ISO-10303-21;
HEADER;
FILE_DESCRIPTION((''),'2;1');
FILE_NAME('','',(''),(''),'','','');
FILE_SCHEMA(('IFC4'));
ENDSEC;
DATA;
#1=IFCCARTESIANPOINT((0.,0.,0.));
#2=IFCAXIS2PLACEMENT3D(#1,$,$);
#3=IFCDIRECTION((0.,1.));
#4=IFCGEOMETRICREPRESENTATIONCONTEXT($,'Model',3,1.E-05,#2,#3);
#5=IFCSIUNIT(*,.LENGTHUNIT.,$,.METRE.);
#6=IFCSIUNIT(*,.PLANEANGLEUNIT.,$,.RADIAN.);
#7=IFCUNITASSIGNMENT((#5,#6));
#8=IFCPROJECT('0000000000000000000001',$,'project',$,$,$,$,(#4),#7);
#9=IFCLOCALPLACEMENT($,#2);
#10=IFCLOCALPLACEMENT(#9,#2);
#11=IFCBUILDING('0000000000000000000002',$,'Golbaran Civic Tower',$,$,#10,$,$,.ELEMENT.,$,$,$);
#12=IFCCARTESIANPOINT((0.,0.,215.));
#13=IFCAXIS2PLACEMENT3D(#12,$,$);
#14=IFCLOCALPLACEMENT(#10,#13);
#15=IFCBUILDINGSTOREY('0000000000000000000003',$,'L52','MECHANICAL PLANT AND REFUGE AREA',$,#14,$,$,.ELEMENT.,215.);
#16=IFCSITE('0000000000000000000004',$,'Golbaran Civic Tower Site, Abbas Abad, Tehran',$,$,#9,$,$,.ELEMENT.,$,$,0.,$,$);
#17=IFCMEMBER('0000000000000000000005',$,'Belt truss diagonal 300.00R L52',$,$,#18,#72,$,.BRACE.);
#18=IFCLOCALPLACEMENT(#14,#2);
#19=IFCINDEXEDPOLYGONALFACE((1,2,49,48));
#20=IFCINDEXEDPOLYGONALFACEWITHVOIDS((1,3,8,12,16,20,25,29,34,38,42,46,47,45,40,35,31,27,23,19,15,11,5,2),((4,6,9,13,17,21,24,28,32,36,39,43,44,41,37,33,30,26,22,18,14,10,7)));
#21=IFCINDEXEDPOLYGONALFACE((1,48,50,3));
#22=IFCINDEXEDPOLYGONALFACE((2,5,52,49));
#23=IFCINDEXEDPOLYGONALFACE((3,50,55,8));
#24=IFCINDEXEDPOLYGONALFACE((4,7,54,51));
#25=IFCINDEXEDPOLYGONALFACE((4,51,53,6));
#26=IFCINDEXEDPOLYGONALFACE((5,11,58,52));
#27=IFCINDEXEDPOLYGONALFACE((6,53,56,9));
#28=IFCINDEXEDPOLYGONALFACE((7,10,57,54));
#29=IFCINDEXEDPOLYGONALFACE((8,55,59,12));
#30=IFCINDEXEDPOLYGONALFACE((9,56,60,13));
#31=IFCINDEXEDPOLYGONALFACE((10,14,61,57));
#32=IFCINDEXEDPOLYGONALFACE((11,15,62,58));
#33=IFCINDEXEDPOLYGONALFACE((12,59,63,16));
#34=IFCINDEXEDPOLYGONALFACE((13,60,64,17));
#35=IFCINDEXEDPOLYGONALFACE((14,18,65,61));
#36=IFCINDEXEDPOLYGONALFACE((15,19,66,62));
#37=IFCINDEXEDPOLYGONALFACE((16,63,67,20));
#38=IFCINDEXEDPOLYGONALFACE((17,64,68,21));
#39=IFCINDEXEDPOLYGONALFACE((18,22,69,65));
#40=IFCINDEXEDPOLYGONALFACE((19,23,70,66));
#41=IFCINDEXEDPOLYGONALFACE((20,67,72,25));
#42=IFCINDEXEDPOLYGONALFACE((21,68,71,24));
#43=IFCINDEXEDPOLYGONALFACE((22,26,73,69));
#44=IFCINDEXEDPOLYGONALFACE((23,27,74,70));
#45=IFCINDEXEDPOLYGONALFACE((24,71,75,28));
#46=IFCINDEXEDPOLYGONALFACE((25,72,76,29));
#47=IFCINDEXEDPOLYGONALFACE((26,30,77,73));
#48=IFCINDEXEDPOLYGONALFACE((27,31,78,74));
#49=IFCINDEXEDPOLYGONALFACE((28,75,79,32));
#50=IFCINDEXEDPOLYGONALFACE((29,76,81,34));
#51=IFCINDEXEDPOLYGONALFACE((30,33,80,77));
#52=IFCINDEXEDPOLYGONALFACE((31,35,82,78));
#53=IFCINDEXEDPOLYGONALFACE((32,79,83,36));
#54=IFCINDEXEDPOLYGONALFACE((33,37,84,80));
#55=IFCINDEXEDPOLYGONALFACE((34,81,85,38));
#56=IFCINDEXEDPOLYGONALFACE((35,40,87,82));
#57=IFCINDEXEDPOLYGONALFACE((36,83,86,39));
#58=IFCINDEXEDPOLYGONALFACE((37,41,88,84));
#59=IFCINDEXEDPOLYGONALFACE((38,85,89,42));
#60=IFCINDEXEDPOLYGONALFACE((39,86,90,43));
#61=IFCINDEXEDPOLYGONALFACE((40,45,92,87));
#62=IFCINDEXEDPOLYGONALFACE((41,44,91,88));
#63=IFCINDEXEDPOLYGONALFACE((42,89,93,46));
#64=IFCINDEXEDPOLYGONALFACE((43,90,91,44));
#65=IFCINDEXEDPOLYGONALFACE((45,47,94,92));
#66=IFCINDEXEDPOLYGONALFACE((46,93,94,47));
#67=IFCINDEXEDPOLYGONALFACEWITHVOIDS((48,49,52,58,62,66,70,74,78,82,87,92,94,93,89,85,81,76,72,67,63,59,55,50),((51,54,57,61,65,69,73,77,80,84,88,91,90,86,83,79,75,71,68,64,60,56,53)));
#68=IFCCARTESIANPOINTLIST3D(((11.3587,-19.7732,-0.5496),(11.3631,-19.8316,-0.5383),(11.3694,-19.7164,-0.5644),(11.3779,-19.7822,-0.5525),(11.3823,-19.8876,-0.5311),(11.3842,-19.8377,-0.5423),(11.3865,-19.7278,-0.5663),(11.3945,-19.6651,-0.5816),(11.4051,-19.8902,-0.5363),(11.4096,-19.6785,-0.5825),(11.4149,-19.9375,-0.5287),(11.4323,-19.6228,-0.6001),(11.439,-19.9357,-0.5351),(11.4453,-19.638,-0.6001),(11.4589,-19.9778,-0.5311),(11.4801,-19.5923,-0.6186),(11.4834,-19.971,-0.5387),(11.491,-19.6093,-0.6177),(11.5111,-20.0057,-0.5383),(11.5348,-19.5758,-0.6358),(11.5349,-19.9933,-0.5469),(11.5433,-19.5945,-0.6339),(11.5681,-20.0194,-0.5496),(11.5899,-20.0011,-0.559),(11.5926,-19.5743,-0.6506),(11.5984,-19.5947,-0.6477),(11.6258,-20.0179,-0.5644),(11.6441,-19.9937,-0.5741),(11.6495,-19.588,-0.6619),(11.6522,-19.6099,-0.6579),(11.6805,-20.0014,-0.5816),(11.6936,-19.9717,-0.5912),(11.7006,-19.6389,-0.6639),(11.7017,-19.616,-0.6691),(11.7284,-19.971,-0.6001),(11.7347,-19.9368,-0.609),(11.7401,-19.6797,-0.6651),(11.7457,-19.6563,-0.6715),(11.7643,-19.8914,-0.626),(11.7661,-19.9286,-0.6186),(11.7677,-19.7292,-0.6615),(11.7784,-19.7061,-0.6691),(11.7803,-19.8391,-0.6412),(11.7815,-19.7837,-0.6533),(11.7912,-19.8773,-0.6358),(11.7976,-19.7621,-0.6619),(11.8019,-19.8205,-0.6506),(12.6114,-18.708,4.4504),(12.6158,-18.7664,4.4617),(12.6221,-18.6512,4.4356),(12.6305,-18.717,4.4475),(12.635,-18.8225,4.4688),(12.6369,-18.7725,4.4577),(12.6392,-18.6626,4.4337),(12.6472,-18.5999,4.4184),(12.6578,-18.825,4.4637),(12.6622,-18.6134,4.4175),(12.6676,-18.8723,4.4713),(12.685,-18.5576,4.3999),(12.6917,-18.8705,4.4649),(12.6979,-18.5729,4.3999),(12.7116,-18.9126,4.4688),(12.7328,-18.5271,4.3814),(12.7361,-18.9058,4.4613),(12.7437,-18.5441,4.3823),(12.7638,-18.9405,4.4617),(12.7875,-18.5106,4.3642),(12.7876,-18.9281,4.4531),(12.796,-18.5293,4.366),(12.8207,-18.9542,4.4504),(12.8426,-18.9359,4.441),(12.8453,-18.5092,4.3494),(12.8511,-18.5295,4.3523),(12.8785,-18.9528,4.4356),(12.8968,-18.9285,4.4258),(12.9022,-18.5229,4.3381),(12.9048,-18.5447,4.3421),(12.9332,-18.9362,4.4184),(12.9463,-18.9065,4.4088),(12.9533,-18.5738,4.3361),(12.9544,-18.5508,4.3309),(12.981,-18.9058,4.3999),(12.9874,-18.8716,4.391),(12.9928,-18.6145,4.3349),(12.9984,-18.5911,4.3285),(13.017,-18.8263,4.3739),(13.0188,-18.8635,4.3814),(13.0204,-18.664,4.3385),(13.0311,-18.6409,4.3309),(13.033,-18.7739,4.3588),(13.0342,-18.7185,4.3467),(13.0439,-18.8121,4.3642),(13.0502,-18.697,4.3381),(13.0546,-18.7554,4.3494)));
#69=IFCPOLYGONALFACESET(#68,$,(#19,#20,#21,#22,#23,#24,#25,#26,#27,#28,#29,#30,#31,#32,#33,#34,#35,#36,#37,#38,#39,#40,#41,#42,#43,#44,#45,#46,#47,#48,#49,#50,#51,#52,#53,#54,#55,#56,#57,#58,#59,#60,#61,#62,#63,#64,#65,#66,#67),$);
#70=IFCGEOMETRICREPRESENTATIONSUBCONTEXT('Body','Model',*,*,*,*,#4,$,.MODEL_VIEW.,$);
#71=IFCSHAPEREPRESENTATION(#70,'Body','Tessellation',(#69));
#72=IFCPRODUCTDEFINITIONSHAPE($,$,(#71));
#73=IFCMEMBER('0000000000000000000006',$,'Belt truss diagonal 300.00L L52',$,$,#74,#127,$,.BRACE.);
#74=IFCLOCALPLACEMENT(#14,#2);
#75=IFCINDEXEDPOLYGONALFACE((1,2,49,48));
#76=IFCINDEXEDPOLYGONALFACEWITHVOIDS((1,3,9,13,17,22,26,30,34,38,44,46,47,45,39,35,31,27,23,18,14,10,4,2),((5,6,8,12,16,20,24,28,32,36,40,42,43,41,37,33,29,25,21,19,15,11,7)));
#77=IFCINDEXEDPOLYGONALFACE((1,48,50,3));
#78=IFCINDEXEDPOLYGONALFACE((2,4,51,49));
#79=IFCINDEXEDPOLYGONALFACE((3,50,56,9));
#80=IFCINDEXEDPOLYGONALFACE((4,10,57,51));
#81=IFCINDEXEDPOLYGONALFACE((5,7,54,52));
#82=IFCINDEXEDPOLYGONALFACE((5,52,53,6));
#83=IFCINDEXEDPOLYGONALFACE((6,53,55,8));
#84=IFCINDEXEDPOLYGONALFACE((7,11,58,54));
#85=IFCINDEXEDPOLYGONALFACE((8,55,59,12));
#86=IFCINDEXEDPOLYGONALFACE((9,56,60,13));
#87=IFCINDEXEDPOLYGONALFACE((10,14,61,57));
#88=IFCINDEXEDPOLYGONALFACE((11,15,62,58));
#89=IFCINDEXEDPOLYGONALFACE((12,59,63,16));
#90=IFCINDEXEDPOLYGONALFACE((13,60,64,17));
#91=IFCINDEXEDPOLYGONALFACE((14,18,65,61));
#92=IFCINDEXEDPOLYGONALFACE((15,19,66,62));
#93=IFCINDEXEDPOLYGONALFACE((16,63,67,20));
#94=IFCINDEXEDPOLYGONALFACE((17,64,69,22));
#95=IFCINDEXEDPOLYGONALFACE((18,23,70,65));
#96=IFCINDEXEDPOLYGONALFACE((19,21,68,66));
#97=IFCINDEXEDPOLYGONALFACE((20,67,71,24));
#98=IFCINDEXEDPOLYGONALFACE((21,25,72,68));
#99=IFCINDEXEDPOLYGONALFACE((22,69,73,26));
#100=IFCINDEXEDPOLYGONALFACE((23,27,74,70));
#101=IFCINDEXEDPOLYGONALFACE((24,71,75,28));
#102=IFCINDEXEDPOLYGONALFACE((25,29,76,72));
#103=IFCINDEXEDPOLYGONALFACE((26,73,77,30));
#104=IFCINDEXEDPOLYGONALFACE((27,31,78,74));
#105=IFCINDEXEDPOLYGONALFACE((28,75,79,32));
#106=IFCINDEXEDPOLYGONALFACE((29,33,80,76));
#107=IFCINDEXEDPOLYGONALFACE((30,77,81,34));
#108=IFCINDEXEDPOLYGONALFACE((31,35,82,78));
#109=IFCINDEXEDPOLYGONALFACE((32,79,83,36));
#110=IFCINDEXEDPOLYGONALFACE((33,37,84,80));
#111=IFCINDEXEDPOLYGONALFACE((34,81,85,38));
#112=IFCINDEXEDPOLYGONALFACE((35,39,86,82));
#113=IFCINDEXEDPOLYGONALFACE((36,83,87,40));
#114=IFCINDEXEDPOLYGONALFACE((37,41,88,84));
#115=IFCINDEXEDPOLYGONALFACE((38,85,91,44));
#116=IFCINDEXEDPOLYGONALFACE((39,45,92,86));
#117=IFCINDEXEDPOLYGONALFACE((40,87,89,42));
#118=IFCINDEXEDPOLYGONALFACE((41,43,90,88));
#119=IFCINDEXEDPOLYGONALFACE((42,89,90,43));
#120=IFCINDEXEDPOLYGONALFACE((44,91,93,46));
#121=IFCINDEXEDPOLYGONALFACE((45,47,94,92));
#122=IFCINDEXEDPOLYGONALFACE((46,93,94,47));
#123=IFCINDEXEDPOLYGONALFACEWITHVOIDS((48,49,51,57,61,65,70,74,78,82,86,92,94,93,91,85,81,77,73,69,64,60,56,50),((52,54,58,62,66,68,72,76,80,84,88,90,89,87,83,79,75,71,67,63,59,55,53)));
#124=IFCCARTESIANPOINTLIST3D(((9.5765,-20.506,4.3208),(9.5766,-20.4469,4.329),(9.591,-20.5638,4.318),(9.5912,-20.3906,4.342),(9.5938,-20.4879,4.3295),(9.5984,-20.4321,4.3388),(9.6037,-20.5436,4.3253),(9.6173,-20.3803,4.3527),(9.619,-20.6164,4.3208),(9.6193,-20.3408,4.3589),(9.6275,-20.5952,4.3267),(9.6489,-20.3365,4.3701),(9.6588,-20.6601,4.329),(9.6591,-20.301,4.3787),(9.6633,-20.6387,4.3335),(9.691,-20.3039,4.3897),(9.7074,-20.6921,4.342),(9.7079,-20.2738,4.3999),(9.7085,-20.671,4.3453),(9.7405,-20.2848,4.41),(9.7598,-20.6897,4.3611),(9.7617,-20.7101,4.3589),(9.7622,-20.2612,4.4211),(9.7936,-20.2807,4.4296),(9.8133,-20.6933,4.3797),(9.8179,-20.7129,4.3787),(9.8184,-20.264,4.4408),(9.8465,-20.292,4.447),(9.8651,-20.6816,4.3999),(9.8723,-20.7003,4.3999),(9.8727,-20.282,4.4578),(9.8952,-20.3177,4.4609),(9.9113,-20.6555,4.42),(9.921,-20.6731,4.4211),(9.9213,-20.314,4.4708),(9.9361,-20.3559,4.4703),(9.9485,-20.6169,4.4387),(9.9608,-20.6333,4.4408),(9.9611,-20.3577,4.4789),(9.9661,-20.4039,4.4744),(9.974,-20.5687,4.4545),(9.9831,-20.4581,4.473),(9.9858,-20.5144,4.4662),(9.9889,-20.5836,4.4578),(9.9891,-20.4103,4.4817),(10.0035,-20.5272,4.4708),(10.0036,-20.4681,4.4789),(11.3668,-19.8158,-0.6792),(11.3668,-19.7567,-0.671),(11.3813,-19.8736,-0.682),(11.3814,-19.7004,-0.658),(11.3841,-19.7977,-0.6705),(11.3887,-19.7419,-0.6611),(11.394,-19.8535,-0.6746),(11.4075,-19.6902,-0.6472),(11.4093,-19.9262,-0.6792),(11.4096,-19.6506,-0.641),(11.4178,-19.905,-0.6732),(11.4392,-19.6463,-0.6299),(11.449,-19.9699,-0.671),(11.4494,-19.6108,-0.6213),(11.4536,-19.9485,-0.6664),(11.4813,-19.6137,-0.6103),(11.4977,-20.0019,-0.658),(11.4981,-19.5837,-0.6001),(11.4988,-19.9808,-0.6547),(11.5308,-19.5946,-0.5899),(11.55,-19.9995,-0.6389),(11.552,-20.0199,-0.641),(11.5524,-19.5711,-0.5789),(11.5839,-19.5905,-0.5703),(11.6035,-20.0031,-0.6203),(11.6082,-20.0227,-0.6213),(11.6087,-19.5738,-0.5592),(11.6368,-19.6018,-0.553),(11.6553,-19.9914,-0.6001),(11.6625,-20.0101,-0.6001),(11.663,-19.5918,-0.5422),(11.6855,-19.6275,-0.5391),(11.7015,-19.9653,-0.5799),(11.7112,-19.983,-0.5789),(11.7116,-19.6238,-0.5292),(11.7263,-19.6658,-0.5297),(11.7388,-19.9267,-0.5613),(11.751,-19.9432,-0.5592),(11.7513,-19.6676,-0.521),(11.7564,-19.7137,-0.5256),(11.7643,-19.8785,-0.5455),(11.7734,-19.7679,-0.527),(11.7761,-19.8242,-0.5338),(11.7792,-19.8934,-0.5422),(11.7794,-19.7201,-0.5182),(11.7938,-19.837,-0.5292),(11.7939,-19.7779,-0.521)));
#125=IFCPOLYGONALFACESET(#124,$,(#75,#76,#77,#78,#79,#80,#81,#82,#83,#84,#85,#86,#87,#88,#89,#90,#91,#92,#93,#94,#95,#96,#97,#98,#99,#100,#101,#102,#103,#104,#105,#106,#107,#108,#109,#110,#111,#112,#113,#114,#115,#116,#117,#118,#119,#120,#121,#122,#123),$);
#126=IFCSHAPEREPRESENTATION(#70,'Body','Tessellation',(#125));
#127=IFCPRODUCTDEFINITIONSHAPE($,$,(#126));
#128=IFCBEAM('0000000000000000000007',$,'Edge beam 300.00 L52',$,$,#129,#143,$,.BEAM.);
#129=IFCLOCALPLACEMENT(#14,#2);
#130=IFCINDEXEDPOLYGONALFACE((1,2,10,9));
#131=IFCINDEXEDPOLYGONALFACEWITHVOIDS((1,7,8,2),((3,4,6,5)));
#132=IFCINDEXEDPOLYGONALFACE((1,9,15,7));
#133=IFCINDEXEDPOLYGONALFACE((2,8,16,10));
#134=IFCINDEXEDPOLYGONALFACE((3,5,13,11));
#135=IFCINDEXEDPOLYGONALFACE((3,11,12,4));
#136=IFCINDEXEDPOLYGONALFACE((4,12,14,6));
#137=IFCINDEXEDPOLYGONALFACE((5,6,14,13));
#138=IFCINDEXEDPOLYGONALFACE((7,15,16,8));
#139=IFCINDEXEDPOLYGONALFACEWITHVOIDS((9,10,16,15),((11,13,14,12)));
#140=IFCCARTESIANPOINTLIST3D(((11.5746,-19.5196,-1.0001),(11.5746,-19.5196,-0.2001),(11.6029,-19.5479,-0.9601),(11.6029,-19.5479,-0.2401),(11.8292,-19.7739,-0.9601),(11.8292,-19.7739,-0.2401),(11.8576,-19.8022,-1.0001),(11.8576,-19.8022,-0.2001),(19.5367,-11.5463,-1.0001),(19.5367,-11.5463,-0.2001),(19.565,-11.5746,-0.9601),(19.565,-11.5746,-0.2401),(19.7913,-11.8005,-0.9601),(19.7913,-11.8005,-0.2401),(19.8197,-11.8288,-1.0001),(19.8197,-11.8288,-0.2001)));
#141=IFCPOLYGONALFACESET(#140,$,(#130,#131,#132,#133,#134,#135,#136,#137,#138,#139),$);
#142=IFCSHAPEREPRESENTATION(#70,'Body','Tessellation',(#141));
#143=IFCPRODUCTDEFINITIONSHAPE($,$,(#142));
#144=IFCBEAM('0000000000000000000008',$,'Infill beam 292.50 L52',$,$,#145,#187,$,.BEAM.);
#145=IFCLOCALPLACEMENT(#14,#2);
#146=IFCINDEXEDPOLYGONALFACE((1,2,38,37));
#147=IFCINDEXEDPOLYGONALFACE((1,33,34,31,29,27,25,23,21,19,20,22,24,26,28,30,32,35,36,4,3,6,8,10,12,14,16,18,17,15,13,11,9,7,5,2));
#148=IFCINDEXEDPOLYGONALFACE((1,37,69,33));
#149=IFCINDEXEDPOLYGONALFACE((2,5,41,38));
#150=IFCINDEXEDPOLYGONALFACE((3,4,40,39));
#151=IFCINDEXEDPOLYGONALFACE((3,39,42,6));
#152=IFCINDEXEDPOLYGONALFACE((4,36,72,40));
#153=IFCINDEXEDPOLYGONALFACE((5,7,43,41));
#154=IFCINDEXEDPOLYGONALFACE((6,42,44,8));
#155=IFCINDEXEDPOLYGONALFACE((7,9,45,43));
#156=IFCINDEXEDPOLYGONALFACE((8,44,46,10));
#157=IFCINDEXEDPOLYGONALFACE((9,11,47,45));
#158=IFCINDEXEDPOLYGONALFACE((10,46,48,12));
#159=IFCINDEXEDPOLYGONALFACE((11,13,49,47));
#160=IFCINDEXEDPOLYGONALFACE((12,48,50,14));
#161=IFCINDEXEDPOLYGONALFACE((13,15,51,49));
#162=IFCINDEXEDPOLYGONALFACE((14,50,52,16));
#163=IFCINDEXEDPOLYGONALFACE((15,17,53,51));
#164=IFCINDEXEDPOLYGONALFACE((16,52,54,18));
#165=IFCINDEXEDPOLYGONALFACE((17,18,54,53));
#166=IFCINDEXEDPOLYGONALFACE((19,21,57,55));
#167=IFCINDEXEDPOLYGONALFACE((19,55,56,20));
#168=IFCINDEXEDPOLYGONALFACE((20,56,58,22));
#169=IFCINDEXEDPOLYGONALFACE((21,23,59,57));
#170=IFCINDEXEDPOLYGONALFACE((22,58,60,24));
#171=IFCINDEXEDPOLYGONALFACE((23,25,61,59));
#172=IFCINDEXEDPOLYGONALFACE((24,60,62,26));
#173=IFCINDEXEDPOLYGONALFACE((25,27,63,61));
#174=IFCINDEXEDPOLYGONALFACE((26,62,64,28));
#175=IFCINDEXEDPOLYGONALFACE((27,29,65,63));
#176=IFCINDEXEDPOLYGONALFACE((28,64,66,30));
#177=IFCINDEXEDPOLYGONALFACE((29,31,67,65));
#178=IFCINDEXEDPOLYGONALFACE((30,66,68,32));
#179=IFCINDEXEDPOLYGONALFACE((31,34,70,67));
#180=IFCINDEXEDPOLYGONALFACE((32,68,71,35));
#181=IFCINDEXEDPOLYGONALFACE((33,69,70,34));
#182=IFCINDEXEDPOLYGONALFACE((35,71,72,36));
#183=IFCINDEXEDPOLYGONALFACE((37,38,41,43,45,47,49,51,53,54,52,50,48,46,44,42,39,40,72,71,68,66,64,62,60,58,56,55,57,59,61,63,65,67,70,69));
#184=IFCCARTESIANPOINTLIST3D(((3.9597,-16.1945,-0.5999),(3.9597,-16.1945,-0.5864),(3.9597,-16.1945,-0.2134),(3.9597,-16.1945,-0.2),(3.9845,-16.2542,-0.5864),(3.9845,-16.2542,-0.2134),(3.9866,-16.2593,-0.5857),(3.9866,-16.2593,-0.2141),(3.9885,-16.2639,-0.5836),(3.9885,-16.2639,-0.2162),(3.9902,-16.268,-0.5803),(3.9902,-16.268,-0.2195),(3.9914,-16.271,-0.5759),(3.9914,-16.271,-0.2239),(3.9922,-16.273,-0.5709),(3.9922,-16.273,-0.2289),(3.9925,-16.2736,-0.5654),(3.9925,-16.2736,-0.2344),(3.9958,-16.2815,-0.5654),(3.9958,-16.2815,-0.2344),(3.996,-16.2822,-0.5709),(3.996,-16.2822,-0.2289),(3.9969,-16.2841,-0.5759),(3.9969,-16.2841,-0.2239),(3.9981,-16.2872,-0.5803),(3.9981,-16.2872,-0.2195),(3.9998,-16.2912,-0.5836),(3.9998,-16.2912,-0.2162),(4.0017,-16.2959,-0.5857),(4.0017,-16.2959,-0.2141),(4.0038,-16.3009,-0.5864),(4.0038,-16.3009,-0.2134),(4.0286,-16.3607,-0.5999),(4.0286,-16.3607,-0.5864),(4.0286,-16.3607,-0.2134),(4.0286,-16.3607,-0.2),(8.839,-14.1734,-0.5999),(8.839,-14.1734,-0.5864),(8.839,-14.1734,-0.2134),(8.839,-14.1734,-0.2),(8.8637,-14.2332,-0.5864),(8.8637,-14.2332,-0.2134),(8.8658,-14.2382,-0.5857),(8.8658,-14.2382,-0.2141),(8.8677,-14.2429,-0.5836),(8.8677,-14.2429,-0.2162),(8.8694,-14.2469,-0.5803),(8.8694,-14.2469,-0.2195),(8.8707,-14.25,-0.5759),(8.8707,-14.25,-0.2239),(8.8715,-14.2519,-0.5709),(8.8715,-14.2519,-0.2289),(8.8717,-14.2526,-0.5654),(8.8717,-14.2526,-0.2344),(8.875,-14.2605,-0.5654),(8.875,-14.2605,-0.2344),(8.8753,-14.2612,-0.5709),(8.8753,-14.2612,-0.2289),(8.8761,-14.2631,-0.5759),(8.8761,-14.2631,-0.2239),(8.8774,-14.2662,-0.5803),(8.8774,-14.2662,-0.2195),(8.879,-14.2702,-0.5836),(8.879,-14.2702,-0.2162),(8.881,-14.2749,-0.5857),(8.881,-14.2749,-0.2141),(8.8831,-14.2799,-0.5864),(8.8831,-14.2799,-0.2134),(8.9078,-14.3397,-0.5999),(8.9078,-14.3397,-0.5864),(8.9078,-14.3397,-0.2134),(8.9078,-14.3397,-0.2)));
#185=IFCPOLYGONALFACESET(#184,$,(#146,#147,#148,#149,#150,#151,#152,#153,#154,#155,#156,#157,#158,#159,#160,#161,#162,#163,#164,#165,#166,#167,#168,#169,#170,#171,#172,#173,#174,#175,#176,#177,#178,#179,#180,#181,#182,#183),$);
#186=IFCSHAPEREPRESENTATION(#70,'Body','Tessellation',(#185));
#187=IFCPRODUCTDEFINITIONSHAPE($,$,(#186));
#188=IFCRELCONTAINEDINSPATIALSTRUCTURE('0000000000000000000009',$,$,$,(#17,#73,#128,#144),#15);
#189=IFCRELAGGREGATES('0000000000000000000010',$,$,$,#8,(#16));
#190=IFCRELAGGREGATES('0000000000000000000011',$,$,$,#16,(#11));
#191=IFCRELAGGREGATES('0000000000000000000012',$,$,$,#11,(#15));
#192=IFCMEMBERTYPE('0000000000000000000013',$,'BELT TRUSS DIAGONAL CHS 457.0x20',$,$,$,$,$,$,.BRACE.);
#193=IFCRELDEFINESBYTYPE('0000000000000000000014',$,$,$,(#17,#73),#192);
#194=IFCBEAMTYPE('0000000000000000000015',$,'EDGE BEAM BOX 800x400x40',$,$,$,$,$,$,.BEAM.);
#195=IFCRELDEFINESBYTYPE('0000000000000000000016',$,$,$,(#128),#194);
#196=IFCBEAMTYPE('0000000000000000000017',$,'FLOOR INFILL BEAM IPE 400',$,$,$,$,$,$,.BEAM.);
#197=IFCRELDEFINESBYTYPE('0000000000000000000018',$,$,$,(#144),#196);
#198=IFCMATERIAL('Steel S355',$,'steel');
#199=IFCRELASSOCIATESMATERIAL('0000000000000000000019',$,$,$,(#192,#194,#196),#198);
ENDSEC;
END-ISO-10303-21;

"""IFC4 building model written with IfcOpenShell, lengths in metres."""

from ifc_helpers import new_model, si_unit, direction, frame, origin, origin_2d, place, context, subcontext, project, spatial, hollow_rectangle, hollow_circle, i_section, extrude, material, material_profile, profile_set, type_object, element, save


model = new_model("IFC4")

# Units and contexts
model_context = context("Model", 3, precision=1e-05, world=origin(), true_north=direction((0.0, 1.0)))
body_context = subcontext(model_context, "Body", "Model", "MODEL_VIEW")
ifc_project = project(units=[si_unit("LENGTHUNIT", "METRE"), si_unit("PLANEANGLEUNIT", "RADIAN")], contexts=[model_context])

# Site, building, storey
site_placement = place(None, origin())
site = spatial("IfcSite", under=ifc_project, at=site_placement, Name="Golbaran Civic Tower Site, Abbas Abad, Tehran", CompositionType="ELEMENT", RefElevation=0.0)
building_placement = place(site_placement, origin())
building = spatial("IfcBuilding", under=site, at=building_placement, Name="Golbaran Civic Tower", CompositionType="ELEMENT")
storey_placement = place(building_placement, frame((0.0, 0.0, 215.0)))
storey = spatial("IfcBuildingStorey", under=building, at=storey_placement, Name="L52", Description="MECHANICAL PLANT AND REFUGE AREA", CompositionType="ELEMENT", Elevation=215.0)

# Members
ifc_material_1 = material(Name="Steel S355", Category="steel")
ifc_material_profile_1 = material_profile(ifc_material_1, hollow_circle(Radius=0.2285, WallThickness=0.02, at=origin_2d()), Name="CHS 457.0x20")
ifc_profile_set_1 = profile_set([ifc_material_profile_1], Name="Steel S355")
member_type_1 = type_object("IfcMemberType", Name="BELT TRUSS DIAGONAL CHS 457.0x20", PredefinedType="BRACE", material=ifc_profile_set_1)
member_1_placement = place(storey_placement, frame((11.5803, -19.7969, -0.6001), z_axis=(0.237997, 0.202374, 0.949948), x_axis=(-0.647791, 0.761818, 0.0)))
element("IfcMember", 1, at=member_1_placement, inside=storey, type_object=member_type_1, Name="Belt truss diagonal 300.00R L52", PredefinedType="BRACE", context=body_context, shape_type="SweptSolid", body=[
    extrude(hollow_circle(Radius=0.2285, WallThickness=0.02, at=origin_2d()), origin(), (0.0, 0.0, 1.0), 5.2634),
])
member_2_placement = place(storey_placement, frame((11.5803, -19.7969, -0.6001), z_axis=(-0.334288, -0.128874, 0.933618), x_axis=(0.359712, -0.933063, 0.0)))
element("IfcMember", 2, at=member_2_placement, inside=storey, type_object=member_type_1, Name="Belt truss diagonal 300.00L L52", PredefinedType="BRACE", context=body_context, shape_type="SweptSolid", body=[
    extrude(hollow_circle(Radius=0.2285, WallThickness=0.02, at=origin_2d()), origin(), (0.0, 0.0, 1.0), 5.3555),
])

# Beams
ifc_material_profile_2 = material_profile(ifc_material_1, hollow_rectangle(XDim=0.3999, YDim=0.8, WallThickness=0.04, at=origin_2d()), Name="BOX 800x400x40")
ifc_profile_set_2 = profile_set([ifc_material_profile_2], Name="Steel S355")
beam_type_1 = type_object("IfcBeamType", Name="EDGE BEAM BOX 800x400x40", PredefinedType="BEAM", material=ifc_profile_set_2)
beam_1_placement = place(storey_placement, frame((11.7161, -19.6609, -0.6001), z_axis=(0.706608, 0.707605, 0.0), x_axis=(-0.707605, 0.706608, 0.0)))
element("IfcBeam", 3, at=beam_1_placement, inside=storey, type_object=beam_type_1, Name="Edge beam 300.00 L52", PredefinedType="BEAM", context=body_context, shape_type="SweptSolid", body=[
    extrude(hollow_rectangle(XDim=0.3999, YDim=0.8, WallThickness=0.04, at=origin_2d()), origin(), (0.0, 0.0, 1.0), 11.2681),
])
ifc_material_profile_3 = material_profile(ifc_material_1, i_section(OverallWidth=0.1799, OverallDepth=0.3999, WebThickness=0.0085, FlangeThickness=0.0134, FilletRadius=0.021, at=origin_2d()), Name="IPE 400")
ifc_profile_set_3 = profile_set([ifc_material_profile_3], Name="Steel S355")
beam_type_2 = type_object("IfcBeamType", Name="FLOOR INFILL BEAM IPE 400", PredefinedType="BEAM", material=ifc_profile_set_3)
beam_2_placement = place(storey_placement, frame((3.9941, -16.2776, -0.3999), z_axis=(0.92388, 0.382681, 0.0), x_axis=(-0.382681, 0.92388, 0.0)))
element("IfcBeam", 4, at=beam_2_placement, inside=storey, type_object=beam_type_2, Name="Infill beam 292.50 L52", PredefinedType="BEAM", context=body_context, shape_type="SweptSolid", body=[
    extrude(i_section(OverallWidth=0.1799, OverallDepth=0.3999, WebThickness=0.0085, FlangeThickness=0.0134, FilletRadius=0.021, at=origin_2d()), origin(), (0.0, 0.0, 1.0), 5.2812),
])

save(model, "model.ifc")
